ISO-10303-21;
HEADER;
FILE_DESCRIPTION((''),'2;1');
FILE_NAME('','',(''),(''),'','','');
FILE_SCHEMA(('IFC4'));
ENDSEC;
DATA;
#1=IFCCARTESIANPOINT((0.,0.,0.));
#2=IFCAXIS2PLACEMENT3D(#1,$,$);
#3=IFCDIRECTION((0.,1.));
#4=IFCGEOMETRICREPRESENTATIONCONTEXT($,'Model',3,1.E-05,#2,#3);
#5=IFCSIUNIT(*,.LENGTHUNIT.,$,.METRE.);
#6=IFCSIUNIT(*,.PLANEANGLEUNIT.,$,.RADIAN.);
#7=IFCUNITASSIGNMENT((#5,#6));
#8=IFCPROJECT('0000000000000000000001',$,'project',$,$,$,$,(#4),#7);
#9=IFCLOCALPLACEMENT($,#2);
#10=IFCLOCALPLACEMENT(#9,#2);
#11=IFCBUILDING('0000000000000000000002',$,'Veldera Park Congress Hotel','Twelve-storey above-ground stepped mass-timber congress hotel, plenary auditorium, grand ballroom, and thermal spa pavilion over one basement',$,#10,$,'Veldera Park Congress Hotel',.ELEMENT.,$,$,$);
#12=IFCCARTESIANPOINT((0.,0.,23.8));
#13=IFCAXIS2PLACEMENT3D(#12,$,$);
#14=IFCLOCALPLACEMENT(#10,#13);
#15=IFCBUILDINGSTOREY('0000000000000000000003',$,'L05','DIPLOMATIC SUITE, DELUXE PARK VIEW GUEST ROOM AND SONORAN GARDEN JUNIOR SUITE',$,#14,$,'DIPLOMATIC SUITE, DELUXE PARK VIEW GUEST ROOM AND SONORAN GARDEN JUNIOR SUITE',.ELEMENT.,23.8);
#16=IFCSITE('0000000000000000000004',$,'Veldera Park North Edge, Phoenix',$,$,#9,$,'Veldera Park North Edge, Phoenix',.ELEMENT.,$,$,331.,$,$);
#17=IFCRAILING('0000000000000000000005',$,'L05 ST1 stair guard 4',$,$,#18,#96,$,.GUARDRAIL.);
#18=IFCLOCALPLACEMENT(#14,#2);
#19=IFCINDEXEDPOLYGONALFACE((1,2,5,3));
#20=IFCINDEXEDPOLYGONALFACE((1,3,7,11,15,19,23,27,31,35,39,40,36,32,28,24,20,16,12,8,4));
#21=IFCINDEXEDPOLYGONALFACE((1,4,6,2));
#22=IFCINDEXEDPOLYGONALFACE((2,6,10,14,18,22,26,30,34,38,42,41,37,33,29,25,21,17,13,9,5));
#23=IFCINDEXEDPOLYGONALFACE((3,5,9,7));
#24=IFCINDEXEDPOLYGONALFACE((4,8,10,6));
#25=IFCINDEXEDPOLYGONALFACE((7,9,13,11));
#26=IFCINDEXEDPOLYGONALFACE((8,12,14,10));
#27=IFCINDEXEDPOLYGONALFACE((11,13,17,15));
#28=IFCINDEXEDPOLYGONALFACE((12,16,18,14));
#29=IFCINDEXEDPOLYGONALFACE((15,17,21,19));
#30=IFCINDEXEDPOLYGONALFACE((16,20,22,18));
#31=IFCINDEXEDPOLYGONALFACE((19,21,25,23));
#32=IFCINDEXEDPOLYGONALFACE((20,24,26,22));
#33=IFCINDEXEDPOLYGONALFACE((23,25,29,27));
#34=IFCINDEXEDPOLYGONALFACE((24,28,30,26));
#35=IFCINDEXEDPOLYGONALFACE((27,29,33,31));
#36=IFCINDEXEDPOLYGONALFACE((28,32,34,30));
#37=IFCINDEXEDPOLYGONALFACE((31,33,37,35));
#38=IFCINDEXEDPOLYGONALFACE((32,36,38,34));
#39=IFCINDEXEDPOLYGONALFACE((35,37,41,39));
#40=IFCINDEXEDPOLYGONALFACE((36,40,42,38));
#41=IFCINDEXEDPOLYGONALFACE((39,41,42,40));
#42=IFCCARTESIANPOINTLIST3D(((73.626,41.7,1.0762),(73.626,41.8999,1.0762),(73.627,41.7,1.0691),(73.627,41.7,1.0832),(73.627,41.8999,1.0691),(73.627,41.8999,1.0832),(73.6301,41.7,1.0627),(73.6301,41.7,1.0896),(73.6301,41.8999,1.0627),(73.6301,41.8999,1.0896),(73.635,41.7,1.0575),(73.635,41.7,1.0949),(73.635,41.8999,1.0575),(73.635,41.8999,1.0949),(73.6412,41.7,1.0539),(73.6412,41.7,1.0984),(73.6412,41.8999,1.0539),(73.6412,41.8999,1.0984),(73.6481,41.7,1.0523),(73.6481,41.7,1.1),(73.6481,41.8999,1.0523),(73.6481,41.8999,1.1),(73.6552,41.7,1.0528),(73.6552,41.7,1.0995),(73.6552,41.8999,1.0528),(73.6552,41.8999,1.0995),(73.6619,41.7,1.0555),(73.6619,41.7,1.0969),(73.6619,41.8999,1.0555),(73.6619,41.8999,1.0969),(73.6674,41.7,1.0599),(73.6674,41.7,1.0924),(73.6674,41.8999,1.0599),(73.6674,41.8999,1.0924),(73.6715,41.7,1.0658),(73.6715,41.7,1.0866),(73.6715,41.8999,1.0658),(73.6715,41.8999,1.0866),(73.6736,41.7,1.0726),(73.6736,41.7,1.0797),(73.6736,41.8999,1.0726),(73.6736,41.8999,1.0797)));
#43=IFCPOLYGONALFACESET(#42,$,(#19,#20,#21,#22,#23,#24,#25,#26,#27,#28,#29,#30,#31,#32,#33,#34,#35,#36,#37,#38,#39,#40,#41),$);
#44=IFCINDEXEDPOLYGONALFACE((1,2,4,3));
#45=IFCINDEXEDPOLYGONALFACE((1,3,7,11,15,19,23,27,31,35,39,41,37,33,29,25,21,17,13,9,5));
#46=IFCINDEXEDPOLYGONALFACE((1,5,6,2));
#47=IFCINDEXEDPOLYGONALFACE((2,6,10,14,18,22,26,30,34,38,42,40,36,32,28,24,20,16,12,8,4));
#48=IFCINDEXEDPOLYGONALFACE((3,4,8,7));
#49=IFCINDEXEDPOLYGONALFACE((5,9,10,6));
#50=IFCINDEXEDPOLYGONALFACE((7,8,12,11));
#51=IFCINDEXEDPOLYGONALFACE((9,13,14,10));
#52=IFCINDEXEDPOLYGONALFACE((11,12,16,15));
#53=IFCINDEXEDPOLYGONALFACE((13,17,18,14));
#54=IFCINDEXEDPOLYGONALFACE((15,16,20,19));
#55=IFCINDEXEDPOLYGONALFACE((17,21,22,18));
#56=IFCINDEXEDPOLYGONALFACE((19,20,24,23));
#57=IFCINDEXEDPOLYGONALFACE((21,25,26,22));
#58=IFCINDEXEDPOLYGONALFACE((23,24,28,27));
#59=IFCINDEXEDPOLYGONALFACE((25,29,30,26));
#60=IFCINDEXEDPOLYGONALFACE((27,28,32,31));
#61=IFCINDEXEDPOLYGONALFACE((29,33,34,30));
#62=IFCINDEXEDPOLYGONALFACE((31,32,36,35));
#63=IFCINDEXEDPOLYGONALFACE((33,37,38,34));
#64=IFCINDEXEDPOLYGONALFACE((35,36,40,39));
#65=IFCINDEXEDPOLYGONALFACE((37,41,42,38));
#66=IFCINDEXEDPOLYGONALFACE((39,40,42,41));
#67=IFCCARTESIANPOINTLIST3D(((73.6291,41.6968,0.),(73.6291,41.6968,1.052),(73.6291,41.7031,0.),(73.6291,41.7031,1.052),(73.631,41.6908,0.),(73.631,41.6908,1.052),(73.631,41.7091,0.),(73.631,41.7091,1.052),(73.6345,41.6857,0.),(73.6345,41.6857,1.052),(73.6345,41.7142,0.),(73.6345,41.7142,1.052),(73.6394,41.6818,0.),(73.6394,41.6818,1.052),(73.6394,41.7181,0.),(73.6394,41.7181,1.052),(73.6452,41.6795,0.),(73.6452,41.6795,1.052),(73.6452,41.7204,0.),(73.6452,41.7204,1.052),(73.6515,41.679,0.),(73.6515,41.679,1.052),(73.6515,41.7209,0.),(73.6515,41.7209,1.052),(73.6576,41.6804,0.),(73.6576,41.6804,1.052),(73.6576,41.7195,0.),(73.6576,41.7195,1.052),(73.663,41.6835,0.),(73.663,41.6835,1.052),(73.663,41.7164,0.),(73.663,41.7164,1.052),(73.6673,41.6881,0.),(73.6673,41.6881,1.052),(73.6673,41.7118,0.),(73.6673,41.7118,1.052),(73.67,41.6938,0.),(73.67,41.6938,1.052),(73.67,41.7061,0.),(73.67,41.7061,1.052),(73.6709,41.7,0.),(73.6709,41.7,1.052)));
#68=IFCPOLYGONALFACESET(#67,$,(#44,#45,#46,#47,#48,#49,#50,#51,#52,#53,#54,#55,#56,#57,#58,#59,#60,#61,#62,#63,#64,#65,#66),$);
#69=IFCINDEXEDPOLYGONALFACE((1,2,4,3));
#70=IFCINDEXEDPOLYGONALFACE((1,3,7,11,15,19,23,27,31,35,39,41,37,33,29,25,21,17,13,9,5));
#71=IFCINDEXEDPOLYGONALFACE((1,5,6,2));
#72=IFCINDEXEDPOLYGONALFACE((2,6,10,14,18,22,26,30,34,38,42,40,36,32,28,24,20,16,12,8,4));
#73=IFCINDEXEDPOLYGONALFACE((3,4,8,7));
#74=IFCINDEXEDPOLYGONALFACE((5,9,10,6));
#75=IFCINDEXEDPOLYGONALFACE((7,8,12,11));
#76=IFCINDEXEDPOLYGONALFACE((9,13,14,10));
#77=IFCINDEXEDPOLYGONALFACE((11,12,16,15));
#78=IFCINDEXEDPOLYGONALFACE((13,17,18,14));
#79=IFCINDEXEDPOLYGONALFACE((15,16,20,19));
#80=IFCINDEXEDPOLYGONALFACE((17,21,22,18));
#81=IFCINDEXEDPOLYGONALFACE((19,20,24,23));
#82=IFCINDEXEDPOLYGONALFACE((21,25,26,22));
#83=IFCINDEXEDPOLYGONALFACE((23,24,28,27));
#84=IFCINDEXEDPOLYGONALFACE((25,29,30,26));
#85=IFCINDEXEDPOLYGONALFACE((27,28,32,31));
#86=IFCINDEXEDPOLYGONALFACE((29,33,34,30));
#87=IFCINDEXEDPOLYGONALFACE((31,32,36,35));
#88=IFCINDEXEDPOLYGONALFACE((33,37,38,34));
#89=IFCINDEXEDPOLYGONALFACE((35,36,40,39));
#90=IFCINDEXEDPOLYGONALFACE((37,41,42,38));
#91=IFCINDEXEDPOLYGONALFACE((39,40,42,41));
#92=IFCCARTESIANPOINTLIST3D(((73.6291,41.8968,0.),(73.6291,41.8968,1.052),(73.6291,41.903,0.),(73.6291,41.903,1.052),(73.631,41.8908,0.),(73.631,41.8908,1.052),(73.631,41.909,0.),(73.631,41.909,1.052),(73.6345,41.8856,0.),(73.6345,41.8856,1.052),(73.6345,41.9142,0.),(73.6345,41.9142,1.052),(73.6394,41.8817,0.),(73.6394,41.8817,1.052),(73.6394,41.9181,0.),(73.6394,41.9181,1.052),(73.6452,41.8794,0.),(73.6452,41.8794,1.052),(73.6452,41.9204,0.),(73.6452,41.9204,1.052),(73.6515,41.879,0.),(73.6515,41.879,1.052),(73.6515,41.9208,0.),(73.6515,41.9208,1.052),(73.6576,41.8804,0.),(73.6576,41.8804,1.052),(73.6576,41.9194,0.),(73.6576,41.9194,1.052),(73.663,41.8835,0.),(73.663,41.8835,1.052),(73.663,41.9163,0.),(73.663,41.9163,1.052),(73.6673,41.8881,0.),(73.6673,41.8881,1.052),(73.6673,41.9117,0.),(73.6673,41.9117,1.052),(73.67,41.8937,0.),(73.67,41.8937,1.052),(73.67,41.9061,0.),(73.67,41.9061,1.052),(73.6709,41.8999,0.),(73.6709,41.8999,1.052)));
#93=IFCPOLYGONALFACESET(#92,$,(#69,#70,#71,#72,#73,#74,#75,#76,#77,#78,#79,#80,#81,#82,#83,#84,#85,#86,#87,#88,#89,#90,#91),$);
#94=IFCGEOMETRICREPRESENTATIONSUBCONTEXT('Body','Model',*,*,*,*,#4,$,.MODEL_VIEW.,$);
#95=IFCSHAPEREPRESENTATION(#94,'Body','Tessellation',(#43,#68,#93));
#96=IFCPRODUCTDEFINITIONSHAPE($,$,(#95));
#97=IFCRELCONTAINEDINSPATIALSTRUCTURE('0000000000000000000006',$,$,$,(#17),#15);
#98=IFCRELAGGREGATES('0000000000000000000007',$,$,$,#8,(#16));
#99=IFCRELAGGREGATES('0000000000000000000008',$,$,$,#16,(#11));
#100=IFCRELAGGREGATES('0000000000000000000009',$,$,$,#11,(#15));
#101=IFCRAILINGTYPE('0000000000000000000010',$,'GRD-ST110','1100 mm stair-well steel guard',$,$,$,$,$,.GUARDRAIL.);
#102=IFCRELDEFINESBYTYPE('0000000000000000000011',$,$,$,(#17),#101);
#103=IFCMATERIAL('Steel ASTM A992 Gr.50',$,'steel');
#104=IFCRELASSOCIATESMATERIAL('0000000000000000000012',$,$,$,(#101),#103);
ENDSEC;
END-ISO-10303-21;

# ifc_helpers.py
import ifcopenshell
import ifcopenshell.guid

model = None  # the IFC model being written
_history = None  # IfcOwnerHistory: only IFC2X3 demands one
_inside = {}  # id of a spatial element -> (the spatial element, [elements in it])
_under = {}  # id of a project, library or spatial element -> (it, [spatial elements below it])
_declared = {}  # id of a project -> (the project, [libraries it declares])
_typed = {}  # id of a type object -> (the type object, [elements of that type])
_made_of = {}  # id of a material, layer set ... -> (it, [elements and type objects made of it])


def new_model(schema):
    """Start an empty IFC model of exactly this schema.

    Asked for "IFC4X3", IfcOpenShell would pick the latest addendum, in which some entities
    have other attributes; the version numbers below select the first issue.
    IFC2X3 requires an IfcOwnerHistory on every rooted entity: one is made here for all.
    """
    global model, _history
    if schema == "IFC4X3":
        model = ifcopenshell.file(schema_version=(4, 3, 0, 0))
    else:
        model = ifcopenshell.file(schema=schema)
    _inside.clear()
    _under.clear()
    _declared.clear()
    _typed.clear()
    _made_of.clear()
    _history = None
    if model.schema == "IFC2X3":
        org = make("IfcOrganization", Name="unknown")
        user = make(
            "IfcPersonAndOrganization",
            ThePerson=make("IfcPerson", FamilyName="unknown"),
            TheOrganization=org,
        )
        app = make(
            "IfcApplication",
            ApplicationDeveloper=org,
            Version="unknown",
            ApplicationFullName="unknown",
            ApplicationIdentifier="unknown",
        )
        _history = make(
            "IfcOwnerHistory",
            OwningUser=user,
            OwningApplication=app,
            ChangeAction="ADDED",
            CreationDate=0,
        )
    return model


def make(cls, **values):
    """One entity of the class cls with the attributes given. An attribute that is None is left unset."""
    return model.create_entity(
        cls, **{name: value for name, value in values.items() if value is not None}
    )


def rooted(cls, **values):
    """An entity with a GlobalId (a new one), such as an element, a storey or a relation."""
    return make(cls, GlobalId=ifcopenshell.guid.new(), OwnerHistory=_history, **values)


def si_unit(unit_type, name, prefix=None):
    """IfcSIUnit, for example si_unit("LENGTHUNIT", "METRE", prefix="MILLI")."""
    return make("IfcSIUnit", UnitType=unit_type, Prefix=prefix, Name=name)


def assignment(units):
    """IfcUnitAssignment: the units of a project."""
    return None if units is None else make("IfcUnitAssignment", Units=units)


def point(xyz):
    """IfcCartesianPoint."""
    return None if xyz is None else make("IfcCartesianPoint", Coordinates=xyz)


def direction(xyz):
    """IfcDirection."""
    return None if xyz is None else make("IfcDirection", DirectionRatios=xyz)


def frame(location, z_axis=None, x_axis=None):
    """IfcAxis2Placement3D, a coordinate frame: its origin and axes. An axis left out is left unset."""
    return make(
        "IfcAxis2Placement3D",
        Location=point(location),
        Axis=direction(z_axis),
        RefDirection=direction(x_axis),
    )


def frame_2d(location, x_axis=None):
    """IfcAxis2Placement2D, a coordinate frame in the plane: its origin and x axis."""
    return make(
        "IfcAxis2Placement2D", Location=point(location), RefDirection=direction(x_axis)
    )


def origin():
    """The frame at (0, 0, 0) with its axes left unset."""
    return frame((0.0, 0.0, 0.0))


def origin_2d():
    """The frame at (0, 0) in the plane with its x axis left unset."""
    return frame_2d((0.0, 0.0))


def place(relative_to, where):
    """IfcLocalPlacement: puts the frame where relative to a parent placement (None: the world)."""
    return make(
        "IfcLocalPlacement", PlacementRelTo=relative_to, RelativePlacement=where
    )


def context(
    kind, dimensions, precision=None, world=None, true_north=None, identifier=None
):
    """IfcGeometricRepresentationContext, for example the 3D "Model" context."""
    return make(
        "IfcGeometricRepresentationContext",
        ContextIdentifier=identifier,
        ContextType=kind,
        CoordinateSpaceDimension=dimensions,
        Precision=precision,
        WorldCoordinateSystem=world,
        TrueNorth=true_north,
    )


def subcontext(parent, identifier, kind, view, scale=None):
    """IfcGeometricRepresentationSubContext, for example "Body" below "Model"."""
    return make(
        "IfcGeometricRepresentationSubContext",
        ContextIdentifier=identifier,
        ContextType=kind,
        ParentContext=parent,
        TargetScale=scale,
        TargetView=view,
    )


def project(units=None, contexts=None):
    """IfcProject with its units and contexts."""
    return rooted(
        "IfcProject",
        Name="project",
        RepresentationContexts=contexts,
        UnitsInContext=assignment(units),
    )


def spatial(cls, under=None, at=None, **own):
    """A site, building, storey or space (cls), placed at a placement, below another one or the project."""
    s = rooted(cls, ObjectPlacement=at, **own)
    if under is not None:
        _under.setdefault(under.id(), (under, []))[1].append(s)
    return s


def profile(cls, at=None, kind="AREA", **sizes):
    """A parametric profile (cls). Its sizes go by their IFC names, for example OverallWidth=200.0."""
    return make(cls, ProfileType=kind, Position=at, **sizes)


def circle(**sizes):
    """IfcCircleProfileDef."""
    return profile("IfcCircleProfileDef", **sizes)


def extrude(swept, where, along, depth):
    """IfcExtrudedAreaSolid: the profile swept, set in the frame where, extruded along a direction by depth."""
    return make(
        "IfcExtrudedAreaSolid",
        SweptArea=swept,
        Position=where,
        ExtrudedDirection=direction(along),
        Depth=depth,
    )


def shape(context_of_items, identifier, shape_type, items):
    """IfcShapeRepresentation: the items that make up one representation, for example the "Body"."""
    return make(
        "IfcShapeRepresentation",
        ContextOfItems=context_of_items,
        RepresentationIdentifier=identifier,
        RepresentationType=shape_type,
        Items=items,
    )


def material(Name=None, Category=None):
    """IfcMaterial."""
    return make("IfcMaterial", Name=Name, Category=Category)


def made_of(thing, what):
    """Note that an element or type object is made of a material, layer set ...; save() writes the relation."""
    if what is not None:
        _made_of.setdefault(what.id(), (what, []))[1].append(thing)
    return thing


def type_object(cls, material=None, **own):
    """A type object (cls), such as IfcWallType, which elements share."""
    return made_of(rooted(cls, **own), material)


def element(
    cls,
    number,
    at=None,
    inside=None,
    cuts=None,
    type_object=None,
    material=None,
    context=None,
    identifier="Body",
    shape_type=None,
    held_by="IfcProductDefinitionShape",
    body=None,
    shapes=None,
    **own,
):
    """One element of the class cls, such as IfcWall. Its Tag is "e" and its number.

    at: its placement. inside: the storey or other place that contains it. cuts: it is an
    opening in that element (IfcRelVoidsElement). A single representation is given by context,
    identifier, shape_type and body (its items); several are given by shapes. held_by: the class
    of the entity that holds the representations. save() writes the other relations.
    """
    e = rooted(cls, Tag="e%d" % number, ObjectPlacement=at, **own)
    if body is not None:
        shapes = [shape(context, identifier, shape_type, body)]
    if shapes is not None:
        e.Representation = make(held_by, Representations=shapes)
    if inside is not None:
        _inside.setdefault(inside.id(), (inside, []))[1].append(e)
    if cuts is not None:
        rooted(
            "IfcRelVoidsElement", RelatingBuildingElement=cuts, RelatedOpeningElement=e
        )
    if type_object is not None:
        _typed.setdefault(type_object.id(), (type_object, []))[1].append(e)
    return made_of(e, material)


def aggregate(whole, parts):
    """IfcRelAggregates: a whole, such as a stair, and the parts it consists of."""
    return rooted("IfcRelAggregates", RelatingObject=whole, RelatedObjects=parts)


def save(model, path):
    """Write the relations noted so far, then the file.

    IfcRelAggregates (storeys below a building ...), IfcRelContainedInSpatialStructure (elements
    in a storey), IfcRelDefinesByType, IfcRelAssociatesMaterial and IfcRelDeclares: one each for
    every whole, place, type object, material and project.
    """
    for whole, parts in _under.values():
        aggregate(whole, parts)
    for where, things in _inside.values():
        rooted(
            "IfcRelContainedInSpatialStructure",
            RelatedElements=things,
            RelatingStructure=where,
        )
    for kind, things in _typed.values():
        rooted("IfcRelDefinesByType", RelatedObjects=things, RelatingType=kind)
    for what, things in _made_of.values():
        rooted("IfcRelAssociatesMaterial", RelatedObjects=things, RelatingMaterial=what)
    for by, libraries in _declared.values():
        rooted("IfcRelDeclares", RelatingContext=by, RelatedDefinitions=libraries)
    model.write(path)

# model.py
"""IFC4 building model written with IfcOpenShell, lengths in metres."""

from ifc_helpers import new_model, si_unit, direction, frame, origin, origin_2d, place, context, subcontext, project, spatial, circle, extrude, material, type_object, element, save


model = new_model("IFC4")

# Units and contexts
model_context = context("Model", 3, precision=1e-05, world=origin(), true_north=direction((0.0, 1.0)))
body_context = subcontext(model_context, "Body", "Model", "MODEL_VIEW")
ifc_project = project(units=[si_unit("LENGTHUNIT", "METRE"), si_unit("PLANEANGLEUNIT", "RADIAN")], contexts=[model_context])

# Site, building, storey
site_placement = place(None, origin())
site = spatial("IfcSite", under=ifc_project, at=site_placement, Name="Veldera Park North Edge, Phoenix", LongName="Veldera Park North Edge, Phoenix", CompositionType="ELEMENT", RefElevation=331.0)
building_placement = place(site_placement, origin())
building = spatial("IfcBuilding", under=site, at=building_placement, Name="Veldera Park Congress Hotel", Description="Twelve-storey above-ground stepped mass-timber congress hotel, plenary auditorium, grand ballroom, and thermal spa pavilion over one basement", LongName="Veldera Park Congress Hotel", CompositionType="ELEMENT")
storey_placement = place(building_placement, frame((0.0, 0.0, 23.8)))
storey = spatial("IfcBuildingStorey", under=building, at=storey_placement, Name="L05", Description="DIPLOMATIC SUITE, DELUXE PARK VIEW GUEST ROOM AND SONORAN GARDEN JUNIOR SUITE", LongName="DIPLOMATIC SUITE, DELUXE PARK VIEW GUEST ROOM AND SONORAN GARDEN JUNIOR SUITE", CompositionType="ELEMENT", Elevation=23.8)

# Railing
ifc_material_1 = material(Name="Steel ASTM A992 Gr.50", Category="steel")
railing_type_1 = type_object("IfcRailingType", Name="GRD-ST110", Description="1100 mm stair-well steel guard", PredefinedType="GUARDRAIL", material=ifc_material_1)
railing_1_placement = place(storey_placement, frame((73.6499, 41.7, 0.0)))
element("IfcRailing", 1, at=railing_1_placement, inside=storey, type_object=railing_type_1, Name="L05 ST1 stair guard 4", PredefinedType="GUARDRAIL", context=body_context, shape_type="SweptSolid", body=[
    extrude(circle(Radius=0.0239, at=origin_2d()), frame((0.0, 0.0, 1.0762), z_axis=(0.0, 1.0, 0.0), x_axis=(-1.0, 0.0, 0.0)), (0.0, 0.0, 1.0), 0.2),
    extrude(circle(Radius=0.021, at=origin_2d()), origin(), (0.0, 0.0, 1.0), 1.052),
    extrude(circle(Radius=0.021, at=origin_2d()), frame((0.0, 0.2, 0.0)), (0.0, 0.0, 1.0), 1.052),
])

save(model, "model.ifc")
